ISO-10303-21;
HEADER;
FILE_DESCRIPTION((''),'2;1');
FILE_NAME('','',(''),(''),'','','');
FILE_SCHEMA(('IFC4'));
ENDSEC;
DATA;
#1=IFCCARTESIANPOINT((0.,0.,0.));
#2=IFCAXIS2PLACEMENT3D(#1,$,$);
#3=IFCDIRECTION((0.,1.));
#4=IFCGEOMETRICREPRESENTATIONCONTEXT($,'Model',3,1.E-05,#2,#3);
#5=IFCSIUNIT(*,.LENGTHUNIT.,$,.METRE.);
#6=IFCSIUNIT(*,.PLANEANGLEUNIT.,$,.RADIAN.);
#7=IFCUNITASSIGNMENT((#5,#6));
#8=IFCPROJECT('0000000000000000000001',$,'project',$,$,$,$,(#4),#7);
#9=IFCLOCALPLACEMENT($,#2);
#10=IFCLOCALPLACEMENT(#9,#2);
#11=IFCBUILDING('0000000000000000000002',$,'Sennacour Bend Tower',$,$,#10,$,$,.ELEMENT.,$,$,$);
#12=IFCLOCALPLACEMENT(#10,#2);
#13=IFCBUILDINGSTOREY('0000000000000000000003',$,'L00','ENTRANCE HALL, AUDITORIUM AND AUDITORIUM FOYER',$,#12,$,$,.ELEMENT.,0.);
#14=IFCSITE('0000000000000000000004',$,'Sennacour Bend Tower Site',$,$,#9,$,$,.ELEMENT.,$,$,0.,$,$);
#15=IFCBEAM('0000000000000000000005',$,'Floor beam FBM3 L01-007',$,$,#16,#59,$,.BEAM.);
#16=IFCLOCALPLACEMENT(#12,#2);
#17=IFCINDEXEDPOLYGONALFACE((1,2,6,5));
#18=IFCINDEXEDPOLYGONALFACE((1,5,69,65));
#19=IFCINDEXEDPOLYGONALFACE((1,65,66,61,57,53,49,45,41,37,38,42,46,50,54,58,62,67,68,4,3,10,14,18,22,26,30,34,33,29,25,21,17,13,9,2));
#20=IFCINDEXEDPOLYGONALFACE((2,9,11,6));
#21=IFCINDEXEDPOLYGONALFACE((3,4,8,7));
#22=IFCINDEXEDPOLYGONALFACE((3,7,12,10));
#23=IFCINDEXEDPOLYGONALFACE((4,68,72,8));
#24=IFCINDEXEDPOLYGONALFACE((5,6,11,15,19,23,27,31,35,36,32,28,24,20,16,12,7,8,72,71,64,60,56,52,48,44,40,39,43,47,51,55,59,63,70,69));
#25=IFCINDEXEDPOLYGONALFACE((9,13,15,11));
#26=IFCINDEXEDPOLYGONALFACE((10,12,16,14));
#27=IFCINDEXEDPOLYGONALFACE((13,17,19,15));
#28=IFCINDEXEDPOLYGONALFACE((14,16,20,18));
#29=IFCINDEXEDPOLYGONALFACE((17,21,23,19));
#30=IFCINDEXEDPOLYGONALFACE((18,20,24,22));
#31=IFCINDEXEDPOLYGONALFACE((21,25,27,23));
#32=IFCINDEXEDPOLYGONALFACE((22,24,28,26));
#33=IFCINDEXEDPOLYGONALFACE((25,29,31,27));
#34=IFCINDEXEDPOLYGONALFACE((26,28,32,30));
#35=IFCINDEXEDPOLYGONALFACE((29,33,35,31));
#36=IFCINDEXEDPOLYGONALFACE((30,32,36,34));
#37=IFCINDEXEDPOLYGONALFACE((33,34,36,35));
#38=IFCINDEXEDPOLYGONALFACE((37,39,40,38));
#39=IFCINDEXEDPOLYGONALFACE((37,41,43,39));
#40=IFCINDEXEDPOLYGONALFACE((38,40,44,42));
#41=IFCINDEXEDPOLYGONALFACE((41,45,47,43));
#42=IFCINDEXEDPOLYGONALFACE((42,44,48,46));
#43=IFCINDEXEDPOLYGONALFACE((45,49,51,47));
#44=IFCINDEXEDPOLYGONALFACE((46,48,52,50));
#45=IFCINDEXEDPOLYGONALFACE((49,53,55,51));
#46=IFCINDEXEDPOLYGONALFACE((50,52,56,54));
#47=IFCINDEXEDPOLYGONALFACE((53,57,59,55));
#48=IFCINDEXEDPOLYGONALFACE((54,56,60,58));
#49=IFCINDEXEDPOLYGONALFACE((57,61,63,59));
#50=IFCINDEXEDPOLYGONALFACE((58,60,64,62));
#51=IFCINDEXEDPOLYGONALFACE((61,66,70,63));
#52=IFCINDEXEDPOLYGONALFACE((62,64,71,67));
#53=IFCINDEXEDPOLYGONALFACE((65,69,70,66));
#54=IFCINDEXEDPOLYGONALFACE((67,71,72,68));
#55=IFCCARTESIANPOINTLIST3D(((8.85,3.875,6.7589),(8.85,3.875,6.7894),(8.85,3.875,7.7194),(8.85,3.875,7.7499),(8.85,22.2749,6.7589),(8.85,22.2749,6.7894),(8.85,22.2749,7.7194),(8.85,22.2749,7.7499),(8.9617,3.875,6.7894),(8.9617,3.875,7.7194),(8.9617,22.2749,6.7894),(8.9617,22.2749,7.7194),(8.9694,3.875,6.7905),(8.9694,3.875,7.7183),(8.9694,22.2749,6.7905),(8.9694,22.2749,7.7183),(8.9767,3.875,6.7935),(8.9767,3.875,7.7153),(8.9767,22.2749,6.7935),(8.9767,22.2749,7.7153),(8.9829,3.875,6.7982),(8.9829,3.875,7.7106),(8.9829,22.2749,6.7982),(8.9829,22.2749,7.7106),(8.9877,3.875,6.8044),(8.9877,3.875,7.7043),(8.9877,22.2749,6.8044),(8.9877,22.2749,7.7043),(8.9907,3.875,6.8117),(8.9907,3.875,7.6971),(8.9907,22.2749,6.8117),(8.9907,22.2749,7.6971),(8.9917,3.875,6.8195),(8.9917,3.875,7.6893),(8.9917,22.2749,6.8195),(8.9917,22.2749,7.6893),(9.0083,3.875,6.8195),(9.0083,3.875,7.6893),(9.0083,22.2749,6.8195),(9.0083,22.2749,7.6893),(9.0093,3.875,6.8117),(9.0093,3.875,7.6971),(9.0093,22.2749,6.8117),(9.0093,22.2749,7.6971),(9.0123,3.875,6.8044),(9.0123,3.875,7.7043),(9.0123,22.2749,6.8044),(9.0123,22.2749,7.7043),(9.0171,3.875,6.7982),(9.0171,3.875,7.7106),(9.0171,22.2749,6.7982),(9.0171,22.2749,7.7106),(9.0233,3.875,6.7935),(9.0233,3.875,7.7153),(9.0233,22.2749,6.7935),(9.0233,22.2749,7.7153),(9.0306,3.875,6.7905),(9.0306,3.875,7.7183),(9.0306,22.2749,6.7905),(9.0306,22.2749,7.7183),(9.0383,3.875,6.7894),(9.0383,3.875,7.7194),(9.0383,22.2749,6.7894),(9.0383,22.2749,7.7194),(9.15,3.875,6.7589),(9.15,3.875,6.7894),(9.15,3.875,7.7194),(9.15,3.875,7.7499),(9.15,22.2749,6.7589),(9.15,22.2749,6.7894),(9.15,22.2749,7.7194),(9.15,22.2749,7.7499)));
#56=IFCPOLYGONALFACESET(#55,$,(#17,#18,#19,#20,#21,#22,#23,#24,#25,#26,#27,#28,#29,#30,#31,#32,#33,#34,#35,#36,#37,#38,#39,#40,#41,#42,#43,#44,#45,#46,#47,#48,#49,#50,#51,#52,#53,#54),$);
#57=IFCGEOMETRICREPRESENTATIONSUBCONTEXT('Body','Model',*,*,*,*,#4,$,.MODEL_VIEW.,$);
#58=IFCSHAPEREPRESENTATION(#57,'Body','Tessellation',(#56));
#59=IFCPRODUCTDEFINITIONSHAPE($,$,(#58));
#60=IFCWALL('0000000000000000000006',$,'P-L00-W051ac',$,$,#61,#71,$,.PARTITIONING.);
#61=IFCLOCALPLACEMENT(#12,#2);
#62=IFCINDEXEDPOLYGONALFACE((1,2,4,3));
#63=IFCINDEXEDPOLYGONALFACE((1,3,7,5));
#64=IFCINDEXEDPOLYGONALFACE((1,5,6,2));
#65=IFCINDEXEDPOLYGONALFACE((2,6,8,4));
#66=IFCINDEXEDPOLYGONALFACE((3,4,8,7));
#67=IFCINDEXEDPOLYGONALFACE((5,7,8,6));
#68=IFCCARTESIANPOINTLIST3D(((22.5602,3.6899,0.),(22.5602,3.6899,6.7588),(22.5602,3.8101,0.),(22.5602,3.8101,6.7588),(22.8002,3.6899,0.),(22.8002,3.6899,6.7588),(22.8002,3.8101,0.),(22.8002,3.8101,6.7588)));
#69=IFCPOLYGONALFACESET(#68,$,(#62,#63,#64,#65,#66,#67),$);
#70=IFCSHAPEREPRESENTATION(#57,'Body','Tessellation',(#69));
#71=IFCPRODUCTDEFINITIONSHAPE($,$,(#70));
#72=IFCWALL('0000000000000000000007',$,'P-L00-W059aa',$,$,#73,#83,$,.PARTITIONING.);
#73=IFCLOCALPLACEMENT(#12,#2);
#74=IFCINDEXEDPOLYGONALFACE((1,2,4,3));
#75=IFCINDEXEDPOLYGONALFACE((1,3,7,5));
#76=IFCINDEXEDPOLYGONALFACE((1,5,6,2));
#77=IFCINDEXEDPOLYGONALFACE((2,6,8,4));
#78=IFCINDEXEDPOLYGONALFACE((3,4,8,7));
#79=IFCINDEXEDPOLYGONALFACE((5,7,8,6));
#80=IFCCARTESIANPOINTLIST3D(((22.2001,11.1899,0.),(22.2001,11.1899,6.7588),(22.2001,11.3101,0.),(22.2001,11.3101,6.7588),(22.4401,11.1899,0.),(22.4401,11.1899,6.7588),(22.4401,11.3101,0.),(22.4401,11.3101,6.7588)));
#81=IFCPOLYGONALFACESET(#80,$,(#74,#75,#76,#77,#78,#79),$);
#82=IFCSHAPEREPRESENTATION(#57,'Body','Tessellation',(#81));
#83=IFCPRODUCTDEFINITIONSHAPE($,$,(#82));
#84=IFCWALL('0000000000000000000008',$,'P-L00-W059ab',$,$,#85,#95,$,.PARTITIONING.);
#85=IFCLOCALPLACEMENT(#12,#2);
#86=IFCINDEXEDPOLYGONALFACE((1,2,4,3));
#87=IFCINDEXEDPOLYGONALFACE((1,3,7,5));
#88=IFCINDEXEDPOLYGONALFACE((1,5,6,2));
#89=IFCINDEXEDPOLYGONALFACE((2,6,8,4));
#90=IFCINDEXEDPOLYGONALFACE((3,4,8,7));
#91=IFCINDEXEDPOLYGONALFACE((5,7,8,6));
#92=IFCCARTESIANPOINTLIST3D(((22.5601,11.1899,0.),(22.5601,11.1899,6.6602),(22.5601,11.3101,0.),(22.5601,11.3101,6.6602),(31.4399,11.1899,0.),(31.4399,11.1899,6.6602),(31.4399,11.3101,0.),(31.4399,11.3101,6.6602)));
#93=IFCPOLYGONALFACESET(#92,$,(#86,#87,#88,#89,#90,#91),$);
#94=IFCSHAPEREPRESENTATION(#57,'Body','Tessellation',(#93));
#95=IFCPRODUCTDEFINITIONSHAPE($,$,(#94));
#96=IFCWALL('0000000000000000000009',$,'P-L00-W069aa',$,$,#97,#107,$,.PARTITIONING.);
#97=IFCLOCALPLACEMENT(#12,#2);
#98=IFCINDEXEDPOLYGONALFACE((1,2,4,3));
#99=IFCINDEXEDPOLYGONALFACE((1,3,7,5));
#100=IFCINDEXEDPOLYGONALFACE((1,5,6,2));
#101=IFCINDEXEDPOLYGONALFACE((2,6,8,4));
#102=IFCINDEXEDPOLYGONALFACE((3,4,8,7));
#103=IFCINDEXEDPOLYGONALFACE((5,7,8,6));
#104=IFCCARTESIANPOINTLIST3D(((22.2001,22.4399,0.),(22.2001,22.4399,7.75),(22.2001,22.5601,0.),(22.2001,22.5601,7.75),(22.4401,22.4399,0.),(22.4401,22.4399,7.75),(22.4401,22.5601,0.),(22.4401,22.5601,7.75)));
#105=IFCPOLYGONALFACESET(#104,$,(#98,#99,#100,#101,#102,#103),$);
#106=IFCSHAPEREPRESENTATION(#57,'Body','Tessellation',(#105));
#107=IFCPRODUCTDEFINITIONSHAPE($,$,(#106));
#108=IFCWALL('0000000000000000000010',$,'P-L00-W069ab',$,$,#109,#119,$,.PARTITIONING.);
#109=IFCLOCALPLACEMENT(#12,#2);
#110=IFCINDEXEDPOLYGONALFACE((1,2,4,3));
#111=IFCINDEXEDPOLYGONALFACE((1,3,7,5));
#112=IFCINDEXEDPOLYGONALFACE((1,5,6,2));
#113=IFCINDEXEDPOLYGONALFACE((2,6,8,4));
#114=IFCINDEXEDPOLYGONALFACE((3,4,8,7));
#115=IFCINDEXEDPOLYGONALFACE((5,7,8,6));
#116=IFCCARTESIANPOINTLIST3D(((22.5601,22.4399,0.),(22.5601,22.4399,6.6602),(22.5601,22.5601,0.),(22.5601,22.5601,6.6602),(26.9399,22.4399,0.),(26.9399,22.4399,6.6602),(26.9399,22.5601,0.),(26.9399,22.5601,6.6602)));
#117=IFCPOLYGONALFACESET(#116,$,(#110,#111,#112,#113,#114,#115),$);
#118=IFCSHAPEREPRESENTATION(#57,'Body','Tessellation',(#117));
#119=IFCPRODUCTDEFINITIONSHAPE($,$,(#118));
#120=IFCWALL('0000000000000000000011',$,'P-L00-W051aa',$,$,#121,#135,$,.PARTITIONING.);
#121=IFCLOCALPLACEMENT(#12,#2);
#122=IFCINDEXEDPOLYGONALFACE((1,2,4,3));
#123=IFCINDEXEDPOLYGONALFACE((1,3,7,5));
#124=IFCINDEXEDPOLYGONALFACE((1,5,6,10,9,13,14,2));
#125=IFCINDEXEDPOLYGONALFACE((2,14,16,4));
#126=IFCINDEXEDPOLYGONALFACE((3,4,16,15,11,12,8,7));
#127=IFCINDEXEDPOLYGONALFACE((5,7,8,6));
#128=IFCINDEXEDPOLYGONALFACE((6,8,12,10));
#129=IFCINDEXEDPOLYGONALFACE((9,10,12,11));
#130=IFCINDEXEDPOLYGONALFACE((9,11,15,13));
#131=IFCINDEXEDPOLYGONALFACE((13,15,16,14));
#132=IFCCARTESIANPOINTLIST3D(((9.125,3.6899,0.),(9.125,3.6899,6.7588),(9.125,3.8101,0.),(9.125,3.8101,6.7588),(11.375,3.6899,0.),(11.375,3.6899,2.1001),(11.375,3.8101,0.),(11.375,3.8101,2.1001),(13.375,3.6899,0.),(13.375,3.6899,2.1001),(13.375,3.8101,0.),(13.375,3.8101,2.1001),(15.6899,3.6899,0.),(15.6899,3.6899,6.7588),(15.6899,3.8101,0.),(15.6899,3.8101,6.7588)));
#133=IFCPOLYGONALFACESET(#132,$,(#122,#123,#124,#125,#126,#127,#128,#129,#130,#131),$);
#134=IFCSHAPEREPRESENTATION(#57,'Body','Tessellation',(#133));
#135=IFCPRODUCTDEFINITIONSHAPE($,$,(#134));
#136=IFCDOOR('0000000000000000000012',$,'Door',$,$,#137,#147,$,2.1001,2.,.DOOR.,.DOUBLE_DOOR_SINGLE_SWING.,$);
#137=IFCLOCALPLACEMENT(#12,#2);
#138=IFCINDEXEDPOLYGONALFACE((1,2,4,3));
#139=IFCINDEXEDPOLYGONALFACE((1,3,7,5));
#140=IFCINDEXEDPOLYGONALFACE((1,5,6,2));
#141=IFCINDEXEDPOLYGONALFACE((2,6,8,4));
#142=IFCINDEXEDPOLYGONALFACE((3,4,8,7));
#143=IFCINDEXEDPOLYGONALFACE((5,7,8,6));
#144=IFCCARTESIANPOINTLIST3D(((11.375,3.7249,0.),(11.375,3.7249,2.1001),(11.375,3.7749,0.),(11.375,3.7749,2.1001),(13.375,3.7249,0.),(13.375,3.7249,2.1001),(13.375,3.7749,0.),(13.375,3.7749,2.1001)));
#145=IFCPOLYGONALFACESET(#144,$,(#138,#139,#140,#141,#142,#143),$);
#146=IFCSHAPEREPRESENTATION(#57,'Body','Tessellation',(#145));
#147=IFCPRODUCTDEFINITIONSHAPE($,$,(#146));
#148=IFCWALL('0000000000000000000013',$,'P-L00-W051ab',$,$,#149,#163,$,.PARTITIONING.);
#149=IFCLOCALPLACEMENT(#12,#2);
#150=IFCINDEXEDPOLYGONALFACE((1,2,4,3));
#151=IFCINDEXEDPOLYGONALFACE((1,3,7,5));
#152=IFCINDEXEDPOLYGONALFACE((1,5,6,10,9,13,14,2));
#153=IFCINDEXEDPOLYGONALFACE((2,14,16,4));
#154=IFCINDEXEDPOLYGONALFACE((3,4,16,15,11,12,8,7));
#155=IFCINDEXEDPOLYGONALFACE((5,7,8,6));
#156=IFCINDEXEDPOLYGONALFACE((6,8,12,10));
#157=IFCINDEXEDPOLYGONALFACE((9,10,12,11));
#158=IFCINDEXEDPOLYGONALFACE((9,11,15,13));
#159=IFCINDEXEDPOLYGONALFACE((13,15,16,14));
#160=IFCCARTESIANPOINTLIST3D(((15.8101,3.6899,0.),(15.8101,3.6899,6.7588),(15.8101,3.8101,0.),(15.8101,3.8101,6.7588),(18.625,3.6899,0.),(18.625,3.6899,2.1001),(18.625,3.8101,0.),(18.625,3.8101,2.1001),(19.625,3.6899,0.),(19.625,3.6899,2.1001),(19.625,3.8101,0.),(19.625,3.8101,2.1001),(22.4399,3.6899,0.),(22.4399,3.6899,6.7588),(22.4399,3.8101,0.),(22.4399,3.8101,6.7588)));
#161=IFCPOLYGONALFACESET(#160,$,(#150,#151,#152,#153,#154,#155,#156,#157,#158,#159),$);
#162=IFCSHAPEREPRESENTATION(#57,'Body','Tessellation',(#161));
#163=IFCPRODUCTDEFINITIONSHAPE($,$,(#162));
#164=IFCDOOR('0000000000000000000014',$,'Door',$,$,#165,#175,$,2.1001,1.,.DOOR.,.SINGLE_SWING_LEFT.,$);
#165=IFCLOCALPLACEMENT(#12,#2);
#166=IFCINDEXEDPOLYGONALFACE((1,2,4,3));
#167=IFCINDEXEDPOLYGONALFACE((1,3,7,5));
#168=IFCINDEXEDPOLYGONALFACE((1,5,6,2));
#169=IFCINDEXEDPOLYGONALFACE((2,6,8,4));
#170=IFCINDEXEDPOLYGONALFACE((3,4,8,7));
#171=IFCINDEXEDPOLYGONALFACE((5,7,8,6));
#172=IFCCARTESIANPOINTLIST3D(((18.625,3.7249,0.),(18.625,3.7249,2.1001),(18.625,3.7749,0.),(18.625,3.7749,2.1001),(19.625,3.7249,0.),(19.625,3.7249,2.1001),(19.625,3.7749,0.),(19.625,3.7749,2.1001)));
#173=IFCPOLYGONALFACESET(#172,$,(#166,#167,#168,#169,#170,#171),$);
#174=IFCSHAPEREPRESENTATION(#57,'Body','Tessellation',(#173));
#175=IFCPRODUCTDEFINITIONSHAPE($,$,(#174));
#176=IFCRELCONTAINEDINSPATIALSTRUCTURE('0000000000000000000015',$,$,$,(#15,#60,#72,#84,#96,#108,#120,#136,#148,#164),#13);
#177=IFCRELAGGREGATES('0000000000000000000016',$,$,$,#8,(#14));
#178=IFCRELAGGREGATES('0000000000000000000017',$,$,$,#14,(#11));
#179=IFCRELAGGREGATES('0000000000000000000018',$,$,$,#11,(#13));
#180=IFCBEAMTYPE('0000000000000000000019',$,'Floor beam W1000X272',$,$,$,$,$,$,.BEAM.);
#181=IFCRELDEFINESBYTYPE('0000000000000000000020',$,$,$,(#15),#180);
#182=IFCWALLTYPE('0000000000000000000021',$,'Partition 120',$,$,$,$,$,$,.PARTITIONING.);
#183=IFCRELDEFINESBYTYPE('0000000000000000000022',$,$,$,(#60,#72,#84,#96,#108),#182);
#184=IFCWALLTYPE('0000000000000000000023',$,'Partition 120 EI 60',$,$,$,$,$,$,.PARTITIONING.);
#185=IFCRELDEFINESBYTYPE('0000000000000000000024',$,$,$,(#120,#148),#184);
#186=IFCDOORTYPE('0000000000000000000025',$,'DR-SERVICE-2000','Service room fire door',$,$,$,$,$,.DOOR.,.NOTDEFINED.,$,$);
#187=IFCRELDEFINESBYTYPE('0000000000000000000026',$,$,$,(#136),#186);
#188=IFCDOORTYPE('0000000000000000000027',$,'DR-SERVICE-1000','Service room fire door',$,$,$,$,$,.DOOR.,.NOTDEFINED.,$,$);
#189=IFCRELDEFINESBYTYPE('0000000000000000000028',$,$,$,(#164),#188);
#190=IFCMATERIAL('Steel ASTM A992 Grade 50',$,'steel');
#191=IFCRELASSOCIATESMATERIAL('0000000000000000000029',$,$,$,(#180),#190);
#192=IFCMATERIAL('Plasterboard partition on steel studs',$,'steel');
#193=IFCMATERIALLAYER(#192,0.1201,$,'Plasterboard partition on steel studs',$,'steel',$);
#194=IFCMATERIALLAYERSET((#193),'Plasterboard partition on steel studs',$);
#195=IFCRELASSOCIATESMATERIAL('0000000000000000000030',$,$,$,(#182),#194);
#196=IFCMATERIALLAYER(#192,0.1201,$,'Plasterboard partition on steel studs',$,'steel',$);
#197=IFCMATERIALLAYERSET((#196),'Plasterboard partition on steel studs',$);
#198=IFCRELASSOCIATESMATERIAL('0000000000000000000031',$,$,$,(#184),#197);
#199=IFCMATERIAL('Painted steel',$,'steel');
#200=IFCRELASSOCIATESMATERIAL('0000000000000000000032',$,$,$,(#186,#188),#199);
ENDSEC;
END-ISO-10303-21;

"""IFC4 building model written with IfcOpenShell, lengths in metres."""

from ifc_helpers import new_model, si_unit, direction, frame, frame_2d, origin, origin_2d, place, context, subcontext, project, spatial, rectangle, i_section, extrude, material, layer, layer_set, material_profile, profile_set, type_object, element, fill, save


model = new_model("IFC4")

# Units and contexts
model_context = context("Model", 3, precision=1e-05, world=origin(), true_north=direction((0.0, 1.0)))
body_context = subcontext(model_context, "Body", "Model", "MODEL_VIEW")
ifc_project = project(units=[si_unit("LENGTHUNIT", "METRE"), si_unit("PLANEANGLEUNIT", "RADIAN")], contexts=[model_context])

# Site, building, storey
site_placement = place(None, origin())
site = spatial("IfcSite", under=ifc_project, at=site_placement, Name="Sennacour Bend Tower Site", CompositionType="ELEMENT", RefElevation=0.0)
building_placement = place(site_placement, origin())
building = spatial("IfcBuilding", under=site, at=building_placement, Name="Sennacour Bend Tower", CompositionType="ELEMENT")
storey_placement = place(building_placement, origin())
storey = spatial("IfcBuildingStorey", under=building, at=storey_placement, Name="L00", Description="ENTRANCE HALL, AUDITORIUM AND AUDITORIUM FOYER", CompositionType="ELEMENT", Elevation=0.0)

# Beam
ifc_material_1 = material(Name="Steel ASTM A992 Grade 50", Category="steel")
ifc_material_profile_1 = material_profile(ifc_material_1, i_section(OverallWidth=0.3, OverallDepth=0.991, WebThickness=0.0166, FlangeThickness=0.0305, FilletRadius=0.03, at=origin_2d()), Name="Steel ASTM A992 Grade 50", Category="steel")
ifc_profile_set_1 = profile_set([ifc_material_profile_1], Name="Steel ASTM A992 Grade 50")
beam_type = type_object("IfcBeamType", Name="Floor beam W1000X272", PredefinedType="BEAM", material=ifc_profile_set_1)
beam_placement = place(storey_placement, frame((9.0, 3.875, 7.2544), z_axis=(0.0, 1.0, 0.0), x_axis=(-1.0, 0.0, 0.0)))
element("IfcBeam", 1, at=beam_placement, inside=storey, type_object=beam_type, Name="Floor beam FBM3 L01-007", PredefinedType="BEAM", context=body_context, shape_type="SweptSolid", body=[
    extrude(i_section(OverallWidth=0.3, OverallDepth=0.991, WebThickness=0.0166, FlangeThickness=0.0305, FilletRadius=0.03, at=origin_2d()), origin(), (0.0, 0.0, 1.0), 18.3999),
])

# Walls
ifc_material_2 = material(Name="Plasterboard partition on steel studs", Category="steel")
ifc_layer_1 = layer(ifc_material_2, 0.1201, Name="Plasterboard partition on steel studs", Category="steel")
ifc_layer_set_1 = layer_set([ifc_layer_1], Name="Plasterboard partition on steel studs")
wall_type_1 = type_object("IfcWallType", Name="Partition 120", PredefinedType="PARTITIONING", material=ifc_layer_set_1)
for number, where, z_axis, x_axis, name in (
    (2, (22.5601, 3.75, 0.0), (0.0, 0.0, 1.0), (1.0, 0.0, 0.0), "P-L00-W051ac"),
    (3, (22.2, 11.25, 0.0), (0.0, 0.0, 1.0), (1.0, 0.0, 0.0), "P-L00-W059aa"),
):
    element("IfcWall", number, at=place(storey_placement, frame(where, z_axis=z_axis, x_axis=x_axis)), inside=storey, type_object=wall_type_1, Name=name, PredefinedType="PARTITIONING", context=body_context, shape_type="SweptSolid", body=[
        extrude(rectangle(XDim=0.24, YDim=0.1201, at=frame_2d((0.1201, 0.0))), origin(), (0.0, 0.0, 1.0), 6.7588),
    ])
wall_1_placement = place(storey_placement, frame((22.5601, 11.25, 0.0), z_axis=(0.0, 0.0, 1.0), x_axis=(1.0, 0.0, 0.0)))
element("IfcWall", 4, at=wall_1_placement, inside=storey, type_object=wall_type_1, Name="P-L00-W059ab", PredefinedType="PARTITIONING", context=body_context, shape_type="SweptSolid", body=[
    extrude(rectangle(XDim=8.8799, YDim=0.1201, at=frame_2d((4.4399, 0.0))), origin(), (0.0, 0.0, 1.0), 6.6602),
])
wall_2_placement = place(storey_placement, frame((22.2, 22.5, 0.0), z_axis=(0.0, 0.0, 1.0), x_axis=(1.0, 0.0, 0.0)))
element("IfcWall", 5, at=wall_2_placement, inside=storey, type_object=wall_type_1, Name="P-L00-W069aa", PredefinedType="PARTITIONING", context=body_context, shape_type="SweptSolid", body=[
    extrude(rectangle(XDim=0.24, YDim=0.1201, at=frame_2d((0.1201, 0.0))), origin(), (0.0, 0.0, 1.0), 7.75),
])
wall_3_placement = place(storey_placement, frame((22.5601, 22.5, 0.0), z_axis=(0.0, 0.0, 1.0), x_axis=(1.0, 0.0, 0.0)))
element("IfcWall", 6, at=wall_3_placement, inside=storey, type_object=wall_type_1, Name="P-L00-W069ab", PredefinedType="PARTITIONING", context=body_context, shape_type="SweptSolid", body=[
    extrude(rectangle(XDim=4.3799, YDim=0.1201, at=frame_2d((2.1899, 0.0))), origin(), (0.0, 0.0, 1.0), 6.6602),
])

# Walls, openings, doors
ifc_layer_2 = layer(ifc_material_2, 0.1201, Name="Plasterboard partition on steel studs", Category="steel")
ifc_layer_set_2 = layer_set([ifc_layer_2], Name="Plasterboard partition on steel studs")
wall_type_2 = type_object("IfcWallType", Name="Partition 120 EI 60", PredefinedType="PARTITIONING", material=ifc_layer_set_2)
wall_4_placement = place(storey_placement, frame((9.125, 3.75, 0.0), z_axis=(0.0, 0.0, 1.0), x_axis=(1.0, 0.0, 0.0)))
wall_4 = element("IfcWall", 7, at=wall_4_placement, inside=storey, type_object=wall_type_2, Name="P-L00-W051aa", PredefinedType="PARTITIONING", context=body_context, shape_type="SweptSolid", body=[
    extrude(rectangle(XDim=6.5649, YDim=0.1201, at=frame_2d((3.2825, 0.0))), origin(), (0.0, 0.0, 1.0), 6.7588),
])
opening_1_placement = place(wall_4_placement, frame((2.25, 0.0, 0.0)))
opening_1 = element("IfcOpeningElement", 8, at=opening_1_placement, cuts=wall_4, PredefinedType="OPENING", context=body_context, shape_type="SweptSolid", body=[
    extrude(rectangle(XDim=2.0, YDim=2.1001, at=frame_2d((1.0, 1.05))), frame((0.0, 0.0701, 0.0), z_axis=(0.0, -1.0, 0.0), x_axis=(1.0, 0.0, 0.0)), (0.0, 0.0, 1.0), 0.1401),
])
ifc_material_3 = material(Name="Painted steel", Category="steel")
door_type_1 = type_object("IfcDoorType", Name="DR-SERVICE-2000", Description="Service room fire door", OperationType="NOTDEFINED", PredefinedType="DOOR", material=ifc_material_3)
door_1_placement = place(opening_1_placement, origin())
door_1 = element("IfcDoor", 9, at=door_1_placement, inside=storey, type_object=door_type_1, Name="Door", OperationType="DOUBLE_DOOR_SINGLE_SWING", OverallHeight=2.1001, OverallWidth=2.0, PredefinedType="DOOR", context=body_context, shape_type="SweptSolid", body=[
    extrude(rectangle(XDim=2.0, YDim=2.1001, at=frame_2d((1.0, 1.05))), frame((0.0, 0.0249, 0.0), z_axis=(0.0, -1.0, 0.0), x_axis=(1.0, 0.0, 0.0)), (0.0, 0.0, 1.0), 0.05),
])
fill(opening_1, door_1)
wall_5_placement = place(storey_placement, frame((15.8101, 3.75, 0.0), z_axis=(0.0, 0.0, 1.0), x_axis=(1.0, 0.0, 0.0)))
wall_5 = element("IfcWall", 10, at=wall_5_placement, inside=storey, type_object=wall_type_2, Name="P-L00-W051ab", PredefinedType="PARTITIONING", context=body_context, shape_type="SweptSolid", body=[
    extrude(rectangle(XDim=6.6299, YDim=0.1201, at=frame_2d((3.3149, 0.0))), origin(), (0.0, 0.0, 1.0), 6.7588),
])
opening_2_placement = place(wall_5_placement, frame((2.8149, 0.0, 0.0)))
opening_2 = element("IfcOpeningElement", 11, at=opening_2_placement, cuts=wall_5, PredefinedType="OPENING", context=body_context, shape_type="SweptSolid", body=[
    extrude(rectangle(XDim=1.0, YDim=2.1001, at=frame_2d((0.5, 1.05))), frame((0.0, 0.0701, 0.0), z_axis=(0.0, -1.0, 0.0), x_axis=(1.0, 0.0, 0.0)), (0.0, 0.0, 1.0), 0.1401),
])
door_type_2 = type_object("IfcDoorType", Name="DR-SERVICE-1000", Description="Service room fire door", OperationType="NOTDEFINED", PredefinedType="DOOR", material=ifc_material_3)
door_2_placement = place(opening_2_placement, origin())
door_2 = element("IfcDoor", 12, at=door_2_placement, inside=storey, type_object=door_type_2, Name="Door", OperationType="SINGLE_SWING_LEFT", OverallHeight=2.1001, OverallWidth=1.0, PredefinedType="DOOR", context=body_context, shape_type="SweptSolid", body=[
    extrude(rectangle(XDim=1.0, YDim=2.1001, at=frame_2d((0.5, 1.05))), frame((0.0, 0.0249, 0.0), z_axis=(0.0, -1.0, 0.0), x_axis=(1.0, 0.0, 0.0)), (0.0, 0.0, 1.0), 0.05),
])
fill(opening_2, door_2)

save(model, "model.ifc")
